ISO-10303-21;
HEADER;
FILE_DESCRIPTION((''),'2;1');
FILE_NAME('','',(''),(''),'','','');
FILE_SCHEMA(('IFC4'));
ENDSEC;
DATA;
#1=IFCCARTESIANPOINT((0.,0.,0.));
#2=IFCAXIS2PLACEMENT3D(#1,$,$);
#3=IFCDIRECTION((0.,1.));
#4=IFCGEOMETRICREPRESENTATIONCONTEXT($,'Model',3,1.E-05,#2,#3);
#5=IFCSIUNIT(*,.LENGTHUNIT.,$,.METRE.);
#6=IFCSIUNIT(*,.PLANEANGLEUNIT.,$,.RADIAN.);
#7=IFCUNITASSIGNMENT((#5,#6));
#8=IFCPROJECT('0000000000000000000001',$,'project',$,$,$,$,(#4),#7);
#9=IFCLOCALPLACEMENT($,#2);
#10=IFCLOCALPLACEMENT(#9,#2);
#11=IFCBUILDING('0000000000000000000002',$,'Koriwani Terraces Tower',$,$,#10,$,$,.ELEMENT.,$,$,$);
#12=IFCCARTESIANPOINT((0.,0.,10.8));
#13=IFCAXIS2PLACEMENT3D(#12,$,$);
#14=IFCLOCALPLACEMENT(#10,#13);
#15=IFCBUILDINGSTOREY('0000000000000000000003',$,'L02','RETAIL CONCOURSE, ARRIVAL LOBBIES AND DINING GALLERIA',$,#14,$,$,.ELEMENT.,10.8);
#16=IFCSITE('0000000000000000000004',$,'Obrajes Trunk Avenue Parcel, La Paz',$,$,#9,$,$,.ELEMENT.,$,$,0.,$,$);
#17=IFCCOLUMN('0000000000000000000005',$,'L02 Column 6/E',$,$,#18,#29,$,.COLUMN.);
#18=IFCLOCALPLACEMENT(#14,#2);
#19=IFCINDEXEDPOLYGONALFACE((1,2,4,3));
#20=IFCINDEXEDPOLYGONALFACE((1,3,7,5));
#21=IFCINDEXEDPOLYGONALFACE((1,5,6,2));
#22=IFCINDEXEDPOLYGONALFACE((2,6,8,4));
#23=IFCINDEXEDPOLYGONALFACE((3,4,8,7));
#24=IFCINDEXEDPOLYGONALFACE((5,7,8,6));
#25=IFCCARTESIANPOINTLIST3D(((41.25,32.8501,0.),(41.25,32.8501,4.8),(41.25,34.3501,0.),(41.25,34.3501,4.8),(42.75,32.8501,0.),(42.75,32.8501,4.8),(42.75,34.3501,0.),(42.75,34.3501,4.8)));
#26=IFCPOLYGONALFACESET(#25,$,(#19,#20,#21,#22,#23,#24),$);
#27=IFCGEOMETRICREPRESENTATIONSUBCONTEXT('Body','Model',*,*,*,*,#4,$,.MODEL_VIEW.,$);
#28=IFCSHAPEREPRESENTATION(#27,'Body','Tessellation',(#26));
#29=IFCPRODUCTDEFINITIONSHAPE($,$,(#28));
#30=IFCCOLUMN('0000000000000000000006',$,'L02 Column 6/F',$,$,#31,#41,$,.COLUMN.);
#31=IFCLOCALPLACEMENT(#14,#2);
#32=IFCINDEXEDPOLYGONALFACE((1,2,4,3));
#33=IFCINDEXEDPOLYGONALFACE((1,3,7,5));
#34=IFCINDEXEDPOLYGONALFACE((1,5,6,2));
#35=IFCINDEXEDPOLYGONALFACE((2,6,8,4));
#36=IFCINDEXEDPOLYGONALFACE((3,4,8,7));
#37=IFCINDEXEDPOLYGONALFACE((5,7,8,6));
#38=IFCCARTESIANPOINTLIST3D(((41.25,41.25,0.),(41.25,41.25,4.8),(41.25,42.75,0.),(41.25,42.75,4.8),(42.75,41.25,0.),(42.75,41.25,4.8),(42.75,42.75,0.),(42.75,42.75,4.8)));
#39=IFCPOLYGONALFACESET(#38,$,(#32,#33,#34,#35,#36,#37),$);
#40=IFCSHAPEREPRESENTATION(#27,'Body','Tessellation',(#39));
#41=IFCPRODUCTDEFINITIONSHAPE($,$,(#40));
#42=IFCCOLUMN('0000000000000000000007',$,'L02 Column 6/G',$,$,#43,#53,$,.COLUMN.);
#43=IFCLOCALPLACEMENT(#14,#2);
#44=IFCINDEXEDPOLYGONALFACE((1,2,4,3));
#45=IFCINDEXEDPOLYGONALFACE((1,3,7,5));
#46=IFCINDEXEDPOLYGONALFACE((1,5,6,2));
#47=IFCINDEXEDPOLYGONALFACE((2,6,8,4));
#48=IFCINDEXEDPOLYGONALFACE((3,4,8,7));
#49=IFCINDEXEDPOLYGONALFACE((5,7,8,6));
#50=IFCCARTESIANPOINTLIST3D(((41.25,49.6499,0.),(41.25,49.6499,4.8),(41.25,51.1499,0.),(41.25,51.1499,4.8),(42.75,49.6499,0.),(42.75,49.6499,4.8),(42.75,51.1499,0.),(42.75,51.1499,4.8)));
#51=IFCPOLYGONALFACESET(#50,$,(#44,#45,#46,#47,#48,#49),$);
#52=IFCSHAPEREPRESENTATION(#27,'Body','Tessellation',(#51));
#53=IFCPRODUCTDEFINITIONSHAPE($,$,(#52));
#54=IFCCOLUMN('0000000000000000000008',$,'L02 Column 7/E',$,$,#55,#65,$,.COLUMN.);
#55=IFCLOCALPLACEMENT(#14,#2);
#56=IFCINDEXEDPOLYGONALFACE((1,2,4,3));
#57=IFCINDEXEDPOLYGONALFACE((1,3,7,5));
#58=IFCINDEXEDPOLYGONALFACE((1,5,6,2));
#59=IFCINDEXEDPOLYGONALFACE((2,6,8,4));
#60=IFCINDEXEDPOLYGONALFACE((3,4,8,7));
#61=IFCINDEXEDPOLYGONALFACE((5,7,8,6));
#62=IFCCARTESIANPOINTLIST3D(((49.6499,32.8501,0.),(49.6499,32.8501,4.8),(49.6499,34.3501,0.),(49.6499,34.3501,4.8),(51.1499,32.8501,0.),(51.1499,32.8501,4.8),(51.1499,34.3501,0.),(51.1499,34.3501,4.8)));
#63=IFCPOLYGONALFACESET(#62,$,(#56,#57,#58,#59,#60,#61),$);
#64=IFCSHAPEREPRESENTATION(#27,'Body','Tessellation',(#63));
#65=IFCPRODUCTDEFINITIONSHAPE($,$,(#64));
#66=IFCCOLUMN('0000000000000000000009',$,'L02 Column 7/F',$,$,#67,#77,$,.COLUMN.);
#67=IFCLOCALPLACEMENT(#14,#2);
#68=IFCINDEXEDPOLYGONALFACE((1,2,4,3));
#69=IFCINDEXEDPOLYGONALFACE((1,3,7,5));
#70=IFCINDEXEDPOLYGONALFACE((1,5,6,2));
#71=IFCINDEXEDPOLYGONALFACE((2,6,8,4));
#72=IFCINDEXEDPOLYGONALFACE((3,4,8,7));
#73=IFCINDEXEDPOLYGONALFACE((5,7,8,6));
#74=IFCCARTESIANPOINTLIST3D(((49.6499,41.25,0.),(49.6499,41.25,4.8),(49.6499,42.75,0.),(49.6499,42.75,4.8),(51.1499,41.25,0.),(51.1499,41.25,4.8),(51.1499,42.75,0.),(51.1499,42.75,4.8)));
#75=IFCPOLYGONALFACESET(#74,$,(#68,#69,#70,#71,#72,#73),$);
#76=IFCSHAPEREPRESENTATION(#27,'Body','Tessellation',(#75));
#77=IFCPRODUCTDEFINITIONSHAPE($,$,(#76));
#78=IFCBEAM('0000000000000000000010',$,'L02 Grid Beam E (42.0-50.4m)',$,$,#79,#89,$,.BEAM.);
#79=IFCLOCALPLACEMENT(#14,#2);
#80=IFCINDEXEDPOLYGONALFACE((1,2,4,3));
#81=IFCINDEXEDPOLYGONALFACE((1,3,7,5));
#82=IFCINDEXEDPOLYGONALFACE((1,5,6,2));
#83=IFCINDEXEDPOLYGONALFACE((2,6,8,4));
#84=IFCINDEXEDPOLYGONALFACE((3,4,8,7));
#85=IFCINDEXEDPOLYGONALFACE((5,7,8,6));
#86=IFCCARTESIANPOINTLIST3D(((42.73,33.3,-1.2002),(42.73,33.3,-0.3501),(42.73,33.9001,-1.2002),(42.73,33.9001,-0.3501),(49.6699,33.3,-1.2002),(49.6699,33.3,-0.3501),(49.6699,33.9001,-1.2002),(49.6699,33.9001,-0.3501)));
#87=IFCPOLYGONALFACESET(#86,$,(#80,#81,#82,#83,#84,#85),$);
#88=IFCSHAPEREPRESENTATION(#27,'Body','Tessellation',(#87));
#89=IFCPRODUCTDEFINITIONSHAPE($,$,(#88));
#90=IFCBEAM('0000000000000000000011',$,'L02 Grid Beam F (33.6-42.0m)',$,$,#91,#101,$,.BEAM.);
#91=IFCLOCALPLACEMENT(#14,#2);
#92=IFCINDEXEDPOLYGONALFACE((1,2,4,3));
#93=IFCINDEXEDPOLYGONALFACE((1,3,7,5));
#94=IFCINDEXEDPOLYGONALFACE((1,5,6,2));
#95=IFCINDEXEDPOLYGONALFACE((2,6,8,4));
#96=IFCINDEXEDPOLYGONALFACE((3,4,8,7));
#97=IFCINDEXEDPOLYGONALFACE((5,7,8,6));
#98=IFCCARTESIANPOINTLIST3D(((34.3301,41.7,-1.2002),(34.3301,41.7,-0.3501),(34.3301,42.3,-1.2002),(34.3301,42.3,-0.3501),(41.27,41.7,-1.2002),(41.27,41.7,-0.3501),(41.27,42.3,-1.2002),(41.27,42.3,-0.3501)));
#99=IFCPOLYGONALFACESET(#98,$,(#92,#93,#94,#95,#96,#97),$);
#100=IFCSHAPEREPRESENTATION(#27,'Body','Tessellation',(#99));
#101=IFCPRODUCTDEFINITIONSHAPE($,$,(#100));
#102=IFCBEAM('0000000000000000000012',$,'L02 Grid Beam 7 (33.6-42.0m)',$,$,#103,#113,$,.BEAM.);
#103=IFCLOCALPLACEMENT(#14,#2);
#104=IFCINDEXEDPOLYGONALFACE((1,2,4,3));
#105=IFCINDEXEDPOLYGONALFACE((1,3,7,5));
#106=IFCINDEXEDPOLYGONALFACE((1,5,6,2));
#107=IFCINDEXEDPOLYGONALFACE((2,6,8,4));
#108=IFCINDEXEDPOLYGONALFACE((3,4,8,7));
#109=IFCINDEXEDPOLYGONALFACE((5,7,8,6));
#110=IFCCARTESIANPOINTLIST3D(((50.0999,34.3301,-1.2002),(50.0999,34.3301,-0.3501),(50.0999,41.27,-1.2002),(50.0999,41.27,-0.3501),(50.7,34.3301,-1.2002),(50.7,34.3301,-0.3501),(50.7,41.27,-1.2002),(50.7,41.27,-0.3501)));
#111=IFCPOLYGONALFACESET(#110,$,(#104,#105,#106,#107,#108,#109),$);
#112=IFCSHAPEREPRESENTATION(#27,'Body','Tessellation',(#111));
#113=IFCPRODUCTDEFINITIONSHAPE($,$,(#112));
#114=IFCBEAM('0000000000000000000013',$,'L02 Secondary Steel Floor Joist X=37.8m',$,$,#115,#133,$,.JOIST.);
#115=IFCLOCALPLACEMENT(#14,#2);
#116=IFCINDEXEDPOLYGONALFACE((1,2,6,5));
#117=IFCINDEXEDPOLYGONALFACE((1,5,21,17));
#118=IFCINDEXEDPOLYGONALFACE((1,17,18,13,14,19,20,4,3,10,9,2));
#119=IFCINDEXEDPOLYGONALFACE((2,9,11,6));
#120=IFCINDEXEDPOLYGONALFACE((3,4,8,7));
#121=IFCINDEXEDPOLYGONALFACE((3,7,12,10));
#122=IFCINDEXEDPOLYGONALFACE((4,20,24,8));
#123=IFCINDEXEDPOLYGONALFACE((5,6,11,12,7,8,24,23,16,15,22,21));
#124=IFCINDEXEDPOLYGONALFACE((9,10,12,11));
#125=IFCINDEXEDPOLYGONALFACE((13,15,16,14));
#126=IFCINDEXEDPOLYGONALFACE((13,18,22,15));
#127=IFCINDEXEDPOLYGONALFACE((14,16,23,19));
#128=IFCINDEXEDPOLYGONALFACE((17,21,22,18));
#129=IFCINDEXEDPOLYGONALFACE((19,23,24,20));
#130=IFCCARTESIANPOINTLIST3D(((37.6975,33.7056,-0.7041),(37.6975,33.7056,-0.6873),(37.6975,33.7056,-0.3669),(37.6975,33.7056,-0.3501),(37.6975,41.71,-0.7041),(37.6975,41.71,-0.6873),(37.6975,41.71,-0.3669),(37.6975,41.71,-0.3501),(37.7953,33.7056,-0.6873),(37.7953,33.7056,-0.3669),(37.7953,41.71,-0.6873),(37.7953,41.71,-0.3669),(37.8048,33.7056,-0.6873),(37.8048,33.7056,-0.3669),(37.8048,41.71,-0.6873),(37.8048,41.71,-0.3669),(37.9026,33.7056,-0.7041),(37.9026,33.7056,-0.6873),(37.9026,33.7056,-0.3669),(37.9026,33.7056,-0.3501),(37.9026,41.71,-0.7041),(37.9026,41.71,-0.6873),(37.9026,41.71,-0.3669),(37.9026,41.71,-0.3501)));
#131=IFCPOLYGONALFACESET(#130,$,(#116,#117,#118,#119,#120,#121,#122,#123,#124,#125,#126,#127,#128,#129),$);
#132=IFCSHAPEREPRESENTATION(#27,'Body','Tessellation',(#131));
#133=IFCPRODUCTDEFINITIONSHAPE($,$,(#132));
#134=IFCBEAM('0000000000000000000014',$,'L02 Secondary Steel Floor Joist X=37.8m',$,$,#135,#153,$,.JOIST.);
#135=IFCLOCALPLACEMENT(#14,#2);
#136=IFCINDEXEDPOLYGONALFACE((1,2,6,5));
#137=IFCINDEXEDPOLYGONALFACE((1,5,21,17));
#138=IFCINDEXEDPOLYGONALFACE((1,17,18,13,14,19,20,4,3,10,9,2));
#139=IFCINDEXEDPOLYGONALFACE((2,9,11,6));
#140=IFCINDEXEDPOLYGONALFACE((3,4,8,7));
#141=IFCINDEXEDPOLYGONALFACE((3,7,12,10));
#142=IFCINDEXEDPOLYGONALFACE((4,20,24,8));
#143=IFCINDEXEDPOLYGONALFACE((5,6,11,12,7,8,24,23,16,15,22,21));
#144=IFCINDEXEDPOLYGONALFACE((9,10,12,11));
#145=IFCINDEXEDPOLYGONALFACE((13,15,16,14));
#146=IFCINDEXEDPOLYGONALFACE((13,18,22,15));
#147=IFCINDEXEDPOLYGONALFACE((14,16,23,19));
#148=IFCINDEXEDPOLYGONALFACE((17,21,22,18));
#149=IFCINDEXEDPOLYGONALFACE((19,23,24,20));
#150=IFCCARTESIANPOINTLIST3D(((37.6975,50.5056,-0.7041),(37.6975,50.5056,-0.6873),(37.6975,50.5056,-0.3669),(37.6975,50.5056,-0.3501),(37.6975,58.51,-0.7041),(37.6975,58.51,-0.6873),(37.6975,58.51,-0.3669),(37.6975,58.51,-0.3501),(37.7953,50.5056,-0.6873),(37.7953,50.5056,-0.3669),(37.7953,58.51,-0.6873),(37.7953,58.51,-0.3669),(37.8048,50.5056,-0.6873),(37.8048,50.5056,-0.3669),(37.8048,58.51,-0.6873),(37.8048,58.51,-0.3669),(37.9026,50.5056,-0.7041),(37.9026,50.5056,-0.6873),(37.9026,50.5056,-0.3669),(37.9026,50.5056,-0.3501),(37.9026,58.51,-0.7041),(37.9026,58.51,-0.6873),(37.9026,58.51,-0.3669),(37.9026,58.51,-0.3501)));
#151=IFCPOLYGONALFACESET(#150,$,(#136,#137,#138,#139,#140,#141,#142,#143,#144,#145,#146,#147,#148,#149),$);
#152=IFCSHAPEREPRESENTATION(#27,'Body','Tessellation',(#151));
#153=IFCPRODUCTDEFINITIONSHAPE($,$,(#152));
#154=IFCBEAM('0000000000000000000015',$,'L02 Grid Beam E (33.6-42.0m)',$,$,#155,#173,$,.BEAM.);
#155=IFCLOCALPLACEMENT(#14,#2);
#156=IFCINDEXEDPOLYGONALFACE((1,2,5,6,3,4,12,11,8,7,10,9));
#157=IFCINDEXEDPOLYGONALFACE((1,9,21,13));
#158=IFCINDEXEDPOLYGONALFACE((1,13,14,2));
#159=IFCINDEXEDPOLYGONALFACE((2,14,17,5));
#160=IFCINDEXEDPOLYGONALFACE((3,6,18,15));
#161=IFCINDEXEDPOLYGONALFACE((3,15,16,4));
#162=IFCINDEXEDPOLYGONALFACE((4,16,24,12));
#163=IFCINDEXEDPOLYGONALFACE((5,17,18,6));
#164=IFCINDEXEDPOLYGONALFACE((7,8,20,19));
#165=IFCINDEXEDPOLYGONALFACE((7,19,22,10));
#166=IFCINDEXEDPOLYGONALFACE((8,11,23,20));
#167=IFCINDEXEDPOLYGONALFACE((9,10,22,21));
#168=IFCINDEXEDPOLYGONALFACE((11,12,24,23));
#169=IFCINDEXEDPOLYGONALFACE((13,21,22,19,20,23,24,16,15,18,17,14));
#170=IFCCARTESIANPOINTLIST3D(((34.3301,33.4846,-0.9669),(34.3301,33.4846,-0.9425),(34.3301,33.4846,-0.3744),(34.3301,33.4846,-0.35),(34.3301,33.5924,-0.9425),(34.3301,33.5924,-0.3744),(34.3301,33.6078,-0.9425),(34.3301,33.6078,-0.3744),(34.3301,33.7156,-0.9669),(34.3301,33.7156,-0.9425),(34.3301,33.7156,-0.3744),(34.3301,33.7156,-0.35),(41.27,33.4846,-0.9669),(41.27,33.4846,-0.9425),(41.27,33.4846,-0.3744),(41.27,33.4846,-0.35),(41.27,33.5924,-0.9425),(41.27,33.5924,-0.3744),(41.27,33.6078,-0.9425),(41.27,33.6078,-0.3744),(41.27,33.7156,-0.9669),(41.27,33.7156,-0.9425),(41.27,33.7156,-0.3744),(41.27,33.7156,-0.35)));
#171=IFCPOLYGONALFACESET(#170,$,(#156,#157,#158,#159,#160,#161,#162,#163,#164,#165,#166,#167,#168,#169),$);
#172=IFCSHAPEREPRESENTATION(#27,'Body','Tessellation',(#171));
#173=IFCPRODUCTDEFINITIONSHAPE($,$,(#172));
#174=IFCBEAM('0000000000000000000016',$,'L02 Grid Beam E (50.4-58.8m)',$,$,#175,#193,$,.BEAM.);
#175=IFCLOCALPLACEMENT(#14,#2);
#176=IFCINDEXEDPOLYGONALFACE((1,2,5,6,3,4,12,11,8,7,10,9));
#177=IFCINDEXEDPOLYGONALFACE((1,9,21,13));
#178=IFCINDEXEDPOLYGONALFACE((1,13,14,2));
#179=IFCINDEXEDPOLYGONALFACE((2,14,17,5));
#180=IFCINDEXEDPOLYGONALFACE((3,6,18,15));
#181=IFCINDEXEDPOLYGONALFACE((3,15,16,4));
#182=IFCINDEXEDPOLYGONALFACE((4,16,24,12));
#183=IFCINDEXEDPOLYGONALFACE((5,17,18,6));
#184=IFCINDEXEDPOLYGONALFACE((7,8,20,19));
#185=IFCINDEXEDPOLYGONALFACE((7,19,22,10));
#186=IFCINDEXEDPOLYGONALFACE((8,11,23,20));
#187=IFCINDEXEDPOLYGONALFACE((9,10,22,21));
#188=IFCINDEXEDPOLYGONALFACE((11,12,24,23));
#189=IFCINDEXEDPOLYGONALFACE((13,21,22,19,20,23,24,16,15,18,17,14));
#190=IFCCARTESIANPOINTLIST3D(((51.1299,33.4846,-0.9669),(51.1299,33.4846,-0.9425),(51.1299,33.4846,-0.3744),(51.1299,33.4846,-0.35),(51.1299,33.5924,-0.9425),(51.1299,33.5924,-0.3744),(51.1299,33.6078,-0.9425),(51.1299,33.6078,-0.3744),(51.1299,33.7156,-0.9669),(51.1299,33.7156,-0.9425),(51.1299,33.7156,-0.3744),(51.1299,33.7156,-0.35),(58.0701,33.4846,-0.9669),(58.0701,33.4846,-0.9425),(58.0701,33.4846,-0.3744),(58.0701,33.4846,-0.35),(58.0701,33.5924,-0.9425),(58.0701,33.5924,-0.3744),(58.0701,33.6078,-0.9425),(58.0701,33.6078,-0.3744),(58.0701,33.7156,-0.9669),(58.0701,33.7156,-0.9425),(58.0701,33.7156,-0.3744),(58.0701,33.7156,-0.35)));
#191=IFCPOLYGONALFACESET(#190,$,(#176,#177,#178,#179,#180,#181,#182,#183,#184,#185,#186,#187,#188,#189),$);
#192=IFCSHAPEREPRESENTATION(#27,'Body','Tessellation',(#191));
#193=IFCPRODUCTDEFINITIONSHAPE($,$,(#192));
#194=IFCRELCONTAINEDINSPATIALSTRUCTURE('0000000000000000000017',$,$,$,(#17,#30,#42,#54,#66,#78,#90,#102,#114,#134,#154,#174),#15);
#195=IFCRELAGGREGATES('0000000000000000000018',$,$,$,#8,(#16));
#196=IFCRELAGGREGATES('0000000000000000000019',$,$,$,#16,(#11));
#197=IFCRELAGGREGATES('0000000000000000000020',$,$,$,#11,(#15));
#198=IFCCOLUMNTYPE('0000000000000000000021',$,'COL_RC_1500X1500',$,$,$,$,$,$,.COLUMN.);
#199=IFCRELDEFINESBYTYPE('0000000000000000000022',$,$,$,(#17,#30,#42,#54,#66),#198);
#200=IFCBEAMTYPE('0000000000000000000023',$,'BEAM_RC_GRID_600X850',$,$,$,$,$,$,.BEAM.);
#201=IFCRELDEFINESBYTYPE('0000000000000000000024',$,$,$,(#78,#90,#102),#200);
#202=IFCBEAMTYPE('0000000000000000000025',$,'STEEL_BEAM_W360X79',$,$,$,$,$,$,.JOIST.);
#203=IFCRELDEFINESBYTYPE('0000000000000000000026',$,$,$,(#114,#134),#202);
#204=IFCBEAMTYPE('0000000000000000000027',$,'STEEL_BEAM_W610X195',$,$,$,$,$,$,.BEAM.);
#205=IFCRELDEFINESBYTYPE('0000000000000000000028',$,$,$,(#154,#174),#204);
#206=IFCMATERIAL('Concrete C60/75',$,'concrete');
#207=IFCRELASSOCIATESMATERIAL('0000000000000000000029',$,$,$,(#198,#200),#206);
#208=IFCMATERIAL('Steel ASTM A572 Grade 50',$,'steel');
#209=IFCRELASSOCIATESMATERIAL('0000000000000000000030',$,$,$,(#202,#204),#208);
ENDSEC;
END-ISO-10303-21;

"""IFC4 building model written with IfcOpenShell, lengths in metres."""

from ifc_helpers import new_model, si_unit, direction, frame, origin, origin_2d, place, context, subcontext, project, spatial, rectangle, i_section, extrude, material, material_profile, profile_set, type_object, element, save


model = new_model("IFC4")

# Units and contexts
model_context = context("Model", 3, precision=1e-05, world=origin(), true_north=direction((0.0, 1.0)))
body_context = subcontext(model_context, "Body", "Model", "MODEL_VIEW")
ifc_project = project(units=[si_unit("LENGTHUNIT", "METRE"), si_unit("PLANEANGLEUNIT", "RADIAN")], contexts=[model_context])

# Site, building, storey
site_placement = place(None, origin())
site = spatial("IfcSite", under=ifc_project, at=site_placement, Name="Obrajes Trunk Avenue Parcel, La Paz", CompositionType="ELEMENT", RefElevation=0.0)
building_placement = place(site_placement, origin())
building = spatial("IfcBuilding", under=site, at=building_placement, Name="Koriwani Terraces Tower", CompositionType="ELEMENT")
storey_placement = place(building_placement, frame((0.0, 0.0, 10.8)))
storey = spatial("IfcBuildingStorey", under=building, at=storey_placement, Name="L02", Description="RETAIL CONCOURSE, ARRIVAL LOBBIES AND DINING GALLERIA", CompositionType="ELEMENT", Elevation=10.8)

# Columns
ifc_material_1 = material(Name="Concrete C60/75", Category="concrete")
ifc_material_profile_1 = material_profile(ifc_material_1, rectangle(XDim=1.5, YDim=1.5, at=origin_2d()), Name="Concrete C60/75", Category="LoadBearing")
ifc_profile_set_1 = profile_set([ifc_material_profile_1], Name="Concrete C60/75")
column_type = type_object("IfcColumnType", Name="COL_RC_1500X1500", PredefinedType="COLUMN", material=ifc_profile_set_1)
for number, where, z_axis, x_axis, name in (
    (1, (42.0, 33.6001, 0.0), (0.0, 0.0, 1.0), (1.0, 0.0, 0.0), "L02 Column 6/E"),
    (2, (42.0, 42.0, 0.0), (0.0, 0.0, 1.0), (1.0, 0.0, 0.0), "L02 Column 6/F"),
    (3, (42.0, 50.3999, 0.0), (0.0, 0.0, 1.0), (1.0, 0.0, 0.0), "L02 Column 6/G"),
    (4, (50.3999, 33.6001, 0.0), (0.0, 0.0, 1.0), (1.0, 0.0, 0.0), "L02 Column 7/E"),
    (5, (50.3999, 42.0, 0.0), (0.0, 0.0, 1.0), (1.0, 0.0, 0.0), "L02 Column 7/F"),
):
    element("IfcColumn", number, at=place(storey_placement, frame(where, z_axis=z_axis, x_axis=x_axis)), inside=storey, type_object=column_type, Name=name, PredefinedType="COLUMN", context=body_context, shape_type="SweptSolid", body=[
        extrude(rectangle(XDim=1.5, YDim=1.5, at=origin_2d()), origin(), (0.0, 0.0, 1.0), 4.8),
    ])

# Beams
ifc_material_profile_2 = material_profile(ifc_material_1, rectangle(XDim=0.6001, YDim=0.8501, at=origin_2d()), Name="Concrete C60/75", Category="LoadBearing")
ifc_profile_set_2 = profile_set([ifc_material_profile_2], Name="Concrete C60/75")
beam_type_1 = type_object("IfcBeamType", Name="BEAM_RC_GRID_600X850", PredefinedType="BEAM", material=ifc_profile_set_2)
for number, where, z_axis, x_axis, name in (
    (6, (42.73, 33.6001, -0.7751), (1.0, 0.0, 0.0), (0.0, 1.0, 0.0), "L02 Grid Beam E (42.0-50.4m)"),
    (7, (34.3301, 42.0, -0.7751), (1.0, 0.0, 0.0), (0.0, 1.0, 0.0), "L02 Grid Beam F (33.6-42.0m)"),
    (8, (50.3999, 34.3301, -0.7751), (0.0, 1.0, 0.0), (-1.0, 0.0, 0.0), "L02 Grid Beam 7 (33.6-42.0m)"),
):
    element("IfcBeam", number, at=place(storey_placement, frame(where, z_axis=z_axis, x_axis=x_axis)), inside=storey, type_object=beam_type_1, Name=name, PredefinedType="BEAM", context=body_context, shape_type="SweptSolid", body=[
        extrude(rectangle(XDim=0.6001, YDim=0.8501, at=origin_2d()), origin(), (0.0, 0.0, 1.0), 6.9399),
    ])
ifc_material_2 = material(Name="Steel ASTM A572 Grade 50", Category="steel")
ifc_material_profile_3 = material_profile(ifc_material_2, i_section(OverallWidth=0.2051, OverallDepth=0.354, WebThickness=0.0095, FlangeThickness=0.0168, at=origin_2d()), Name="Steel ASTM A572 Grade 50", Category="LoadBearing")
ifc_profile_set_3 = profile_set([ifc_material_profile_3], Name="Steel ASTM A572 Grade 50")
beam_type_2 = type_object("IfcBeamType", Name="STEEL_BEAM_W360X79", PredefinedType="JOIST", material=ifc_profile_set_3)
for number, where, z_axis, x_axis, name in (
    (9, (37.8, 33.7056, -0.5271), (0.0, 1.0, 0.0), (-1.0, 0.0, 0.0), "L02 Secondary Steel Floor Joist X=37.8m"),
    (10, (37.8, 50.5056, -0.5271), (0.0, 1.0, 0.0), (-1.0, 0.0, 0.0), "L02 Secondary Steel Floor Joist X=37.8m"),
):
    element("IfcBeam", number, at=place(storey_placement, frame(where, z_axis=z_axis, x_axis=x_axis)), inside=storey, type_object=beam_type_2, Name=name, PredefinedType="JOIST", context=body_context, shape_type="SweptSolid", body=[
        extrude(i_section(OverallWidth=0.2051, OverallDepth=0.354, WebThickness=0.0095, FlangeThickness=0.0168, at=origin_2d()), origin(), (0.0, 0.0, 1.0), 8.0044),
    ])
ifc_material_profile_4 = material_profile(ifc_material_2, i_section(OverallWidth=0.231, OverallDepth=0.6169, WebThickness=0.0154, FlangeThickness=0.0244, at=origin_2d()), Name="Steel ASTM A572 Grade 50", Category="LoadBearing")
ifc_profile_set_4 = profile_set([ifc_material_profile_4], Name="Steel ASTM A572 Grade 50")
beam_type_3 = type_object("IfcBeamType", Name="STEEL_BEAM_W610X195", PredefinedType="BEAM", material=ifc_profile_set_4)
beam_1_placement = place(storey_placement, frame((34.3301, 33.6001, -0.6584), z_axis=(1.0, 0.0, 0.0), x_axis=(0.0, 1.0, 0.0)))
element("IfcBeam", 11, at=beam_1_placement, inside=storey, type_object=beam_type_3, Name="L02 Grid Beam E (33.6-42.0m)", PredefinedType="BEAM", context=body_context, shape_type="SweptSolid", body=[
    extrude(i_section(OverallWidth=0.231, OverallDepth=0.6169, WebThickness=0.0154, FlangeThickness=0.0244, at=origin_2d()), origin(), (0.0, 0.0, 1.0), 6.9399),
])
beam_2_placement = place(storey_placement, frame((51.1299, 33.6001, -0.6584), z_axis=(1.0, 0.0, 0.0), x_axis=(0.0, 1.0, 0.0)))
element("IfcBeam", 12, at=beam_2_placement, inside=storey, type_object=beam_type_3, Name="L02 Grid Beam E (50.4-58.8m)", PredefinedType="BEAM", context=body_context, shape_type="SweptSolid", body=[
    extrude(i_section(OverallWidth=0.231, OverallDepth=0.6169, WebThickness=0.0154, FlangeThickness=0.0244, at=origin_2d()), origin(), (0.0, 0.0, 1.0), 6.9402),
])

save(model, "model.ifc")
